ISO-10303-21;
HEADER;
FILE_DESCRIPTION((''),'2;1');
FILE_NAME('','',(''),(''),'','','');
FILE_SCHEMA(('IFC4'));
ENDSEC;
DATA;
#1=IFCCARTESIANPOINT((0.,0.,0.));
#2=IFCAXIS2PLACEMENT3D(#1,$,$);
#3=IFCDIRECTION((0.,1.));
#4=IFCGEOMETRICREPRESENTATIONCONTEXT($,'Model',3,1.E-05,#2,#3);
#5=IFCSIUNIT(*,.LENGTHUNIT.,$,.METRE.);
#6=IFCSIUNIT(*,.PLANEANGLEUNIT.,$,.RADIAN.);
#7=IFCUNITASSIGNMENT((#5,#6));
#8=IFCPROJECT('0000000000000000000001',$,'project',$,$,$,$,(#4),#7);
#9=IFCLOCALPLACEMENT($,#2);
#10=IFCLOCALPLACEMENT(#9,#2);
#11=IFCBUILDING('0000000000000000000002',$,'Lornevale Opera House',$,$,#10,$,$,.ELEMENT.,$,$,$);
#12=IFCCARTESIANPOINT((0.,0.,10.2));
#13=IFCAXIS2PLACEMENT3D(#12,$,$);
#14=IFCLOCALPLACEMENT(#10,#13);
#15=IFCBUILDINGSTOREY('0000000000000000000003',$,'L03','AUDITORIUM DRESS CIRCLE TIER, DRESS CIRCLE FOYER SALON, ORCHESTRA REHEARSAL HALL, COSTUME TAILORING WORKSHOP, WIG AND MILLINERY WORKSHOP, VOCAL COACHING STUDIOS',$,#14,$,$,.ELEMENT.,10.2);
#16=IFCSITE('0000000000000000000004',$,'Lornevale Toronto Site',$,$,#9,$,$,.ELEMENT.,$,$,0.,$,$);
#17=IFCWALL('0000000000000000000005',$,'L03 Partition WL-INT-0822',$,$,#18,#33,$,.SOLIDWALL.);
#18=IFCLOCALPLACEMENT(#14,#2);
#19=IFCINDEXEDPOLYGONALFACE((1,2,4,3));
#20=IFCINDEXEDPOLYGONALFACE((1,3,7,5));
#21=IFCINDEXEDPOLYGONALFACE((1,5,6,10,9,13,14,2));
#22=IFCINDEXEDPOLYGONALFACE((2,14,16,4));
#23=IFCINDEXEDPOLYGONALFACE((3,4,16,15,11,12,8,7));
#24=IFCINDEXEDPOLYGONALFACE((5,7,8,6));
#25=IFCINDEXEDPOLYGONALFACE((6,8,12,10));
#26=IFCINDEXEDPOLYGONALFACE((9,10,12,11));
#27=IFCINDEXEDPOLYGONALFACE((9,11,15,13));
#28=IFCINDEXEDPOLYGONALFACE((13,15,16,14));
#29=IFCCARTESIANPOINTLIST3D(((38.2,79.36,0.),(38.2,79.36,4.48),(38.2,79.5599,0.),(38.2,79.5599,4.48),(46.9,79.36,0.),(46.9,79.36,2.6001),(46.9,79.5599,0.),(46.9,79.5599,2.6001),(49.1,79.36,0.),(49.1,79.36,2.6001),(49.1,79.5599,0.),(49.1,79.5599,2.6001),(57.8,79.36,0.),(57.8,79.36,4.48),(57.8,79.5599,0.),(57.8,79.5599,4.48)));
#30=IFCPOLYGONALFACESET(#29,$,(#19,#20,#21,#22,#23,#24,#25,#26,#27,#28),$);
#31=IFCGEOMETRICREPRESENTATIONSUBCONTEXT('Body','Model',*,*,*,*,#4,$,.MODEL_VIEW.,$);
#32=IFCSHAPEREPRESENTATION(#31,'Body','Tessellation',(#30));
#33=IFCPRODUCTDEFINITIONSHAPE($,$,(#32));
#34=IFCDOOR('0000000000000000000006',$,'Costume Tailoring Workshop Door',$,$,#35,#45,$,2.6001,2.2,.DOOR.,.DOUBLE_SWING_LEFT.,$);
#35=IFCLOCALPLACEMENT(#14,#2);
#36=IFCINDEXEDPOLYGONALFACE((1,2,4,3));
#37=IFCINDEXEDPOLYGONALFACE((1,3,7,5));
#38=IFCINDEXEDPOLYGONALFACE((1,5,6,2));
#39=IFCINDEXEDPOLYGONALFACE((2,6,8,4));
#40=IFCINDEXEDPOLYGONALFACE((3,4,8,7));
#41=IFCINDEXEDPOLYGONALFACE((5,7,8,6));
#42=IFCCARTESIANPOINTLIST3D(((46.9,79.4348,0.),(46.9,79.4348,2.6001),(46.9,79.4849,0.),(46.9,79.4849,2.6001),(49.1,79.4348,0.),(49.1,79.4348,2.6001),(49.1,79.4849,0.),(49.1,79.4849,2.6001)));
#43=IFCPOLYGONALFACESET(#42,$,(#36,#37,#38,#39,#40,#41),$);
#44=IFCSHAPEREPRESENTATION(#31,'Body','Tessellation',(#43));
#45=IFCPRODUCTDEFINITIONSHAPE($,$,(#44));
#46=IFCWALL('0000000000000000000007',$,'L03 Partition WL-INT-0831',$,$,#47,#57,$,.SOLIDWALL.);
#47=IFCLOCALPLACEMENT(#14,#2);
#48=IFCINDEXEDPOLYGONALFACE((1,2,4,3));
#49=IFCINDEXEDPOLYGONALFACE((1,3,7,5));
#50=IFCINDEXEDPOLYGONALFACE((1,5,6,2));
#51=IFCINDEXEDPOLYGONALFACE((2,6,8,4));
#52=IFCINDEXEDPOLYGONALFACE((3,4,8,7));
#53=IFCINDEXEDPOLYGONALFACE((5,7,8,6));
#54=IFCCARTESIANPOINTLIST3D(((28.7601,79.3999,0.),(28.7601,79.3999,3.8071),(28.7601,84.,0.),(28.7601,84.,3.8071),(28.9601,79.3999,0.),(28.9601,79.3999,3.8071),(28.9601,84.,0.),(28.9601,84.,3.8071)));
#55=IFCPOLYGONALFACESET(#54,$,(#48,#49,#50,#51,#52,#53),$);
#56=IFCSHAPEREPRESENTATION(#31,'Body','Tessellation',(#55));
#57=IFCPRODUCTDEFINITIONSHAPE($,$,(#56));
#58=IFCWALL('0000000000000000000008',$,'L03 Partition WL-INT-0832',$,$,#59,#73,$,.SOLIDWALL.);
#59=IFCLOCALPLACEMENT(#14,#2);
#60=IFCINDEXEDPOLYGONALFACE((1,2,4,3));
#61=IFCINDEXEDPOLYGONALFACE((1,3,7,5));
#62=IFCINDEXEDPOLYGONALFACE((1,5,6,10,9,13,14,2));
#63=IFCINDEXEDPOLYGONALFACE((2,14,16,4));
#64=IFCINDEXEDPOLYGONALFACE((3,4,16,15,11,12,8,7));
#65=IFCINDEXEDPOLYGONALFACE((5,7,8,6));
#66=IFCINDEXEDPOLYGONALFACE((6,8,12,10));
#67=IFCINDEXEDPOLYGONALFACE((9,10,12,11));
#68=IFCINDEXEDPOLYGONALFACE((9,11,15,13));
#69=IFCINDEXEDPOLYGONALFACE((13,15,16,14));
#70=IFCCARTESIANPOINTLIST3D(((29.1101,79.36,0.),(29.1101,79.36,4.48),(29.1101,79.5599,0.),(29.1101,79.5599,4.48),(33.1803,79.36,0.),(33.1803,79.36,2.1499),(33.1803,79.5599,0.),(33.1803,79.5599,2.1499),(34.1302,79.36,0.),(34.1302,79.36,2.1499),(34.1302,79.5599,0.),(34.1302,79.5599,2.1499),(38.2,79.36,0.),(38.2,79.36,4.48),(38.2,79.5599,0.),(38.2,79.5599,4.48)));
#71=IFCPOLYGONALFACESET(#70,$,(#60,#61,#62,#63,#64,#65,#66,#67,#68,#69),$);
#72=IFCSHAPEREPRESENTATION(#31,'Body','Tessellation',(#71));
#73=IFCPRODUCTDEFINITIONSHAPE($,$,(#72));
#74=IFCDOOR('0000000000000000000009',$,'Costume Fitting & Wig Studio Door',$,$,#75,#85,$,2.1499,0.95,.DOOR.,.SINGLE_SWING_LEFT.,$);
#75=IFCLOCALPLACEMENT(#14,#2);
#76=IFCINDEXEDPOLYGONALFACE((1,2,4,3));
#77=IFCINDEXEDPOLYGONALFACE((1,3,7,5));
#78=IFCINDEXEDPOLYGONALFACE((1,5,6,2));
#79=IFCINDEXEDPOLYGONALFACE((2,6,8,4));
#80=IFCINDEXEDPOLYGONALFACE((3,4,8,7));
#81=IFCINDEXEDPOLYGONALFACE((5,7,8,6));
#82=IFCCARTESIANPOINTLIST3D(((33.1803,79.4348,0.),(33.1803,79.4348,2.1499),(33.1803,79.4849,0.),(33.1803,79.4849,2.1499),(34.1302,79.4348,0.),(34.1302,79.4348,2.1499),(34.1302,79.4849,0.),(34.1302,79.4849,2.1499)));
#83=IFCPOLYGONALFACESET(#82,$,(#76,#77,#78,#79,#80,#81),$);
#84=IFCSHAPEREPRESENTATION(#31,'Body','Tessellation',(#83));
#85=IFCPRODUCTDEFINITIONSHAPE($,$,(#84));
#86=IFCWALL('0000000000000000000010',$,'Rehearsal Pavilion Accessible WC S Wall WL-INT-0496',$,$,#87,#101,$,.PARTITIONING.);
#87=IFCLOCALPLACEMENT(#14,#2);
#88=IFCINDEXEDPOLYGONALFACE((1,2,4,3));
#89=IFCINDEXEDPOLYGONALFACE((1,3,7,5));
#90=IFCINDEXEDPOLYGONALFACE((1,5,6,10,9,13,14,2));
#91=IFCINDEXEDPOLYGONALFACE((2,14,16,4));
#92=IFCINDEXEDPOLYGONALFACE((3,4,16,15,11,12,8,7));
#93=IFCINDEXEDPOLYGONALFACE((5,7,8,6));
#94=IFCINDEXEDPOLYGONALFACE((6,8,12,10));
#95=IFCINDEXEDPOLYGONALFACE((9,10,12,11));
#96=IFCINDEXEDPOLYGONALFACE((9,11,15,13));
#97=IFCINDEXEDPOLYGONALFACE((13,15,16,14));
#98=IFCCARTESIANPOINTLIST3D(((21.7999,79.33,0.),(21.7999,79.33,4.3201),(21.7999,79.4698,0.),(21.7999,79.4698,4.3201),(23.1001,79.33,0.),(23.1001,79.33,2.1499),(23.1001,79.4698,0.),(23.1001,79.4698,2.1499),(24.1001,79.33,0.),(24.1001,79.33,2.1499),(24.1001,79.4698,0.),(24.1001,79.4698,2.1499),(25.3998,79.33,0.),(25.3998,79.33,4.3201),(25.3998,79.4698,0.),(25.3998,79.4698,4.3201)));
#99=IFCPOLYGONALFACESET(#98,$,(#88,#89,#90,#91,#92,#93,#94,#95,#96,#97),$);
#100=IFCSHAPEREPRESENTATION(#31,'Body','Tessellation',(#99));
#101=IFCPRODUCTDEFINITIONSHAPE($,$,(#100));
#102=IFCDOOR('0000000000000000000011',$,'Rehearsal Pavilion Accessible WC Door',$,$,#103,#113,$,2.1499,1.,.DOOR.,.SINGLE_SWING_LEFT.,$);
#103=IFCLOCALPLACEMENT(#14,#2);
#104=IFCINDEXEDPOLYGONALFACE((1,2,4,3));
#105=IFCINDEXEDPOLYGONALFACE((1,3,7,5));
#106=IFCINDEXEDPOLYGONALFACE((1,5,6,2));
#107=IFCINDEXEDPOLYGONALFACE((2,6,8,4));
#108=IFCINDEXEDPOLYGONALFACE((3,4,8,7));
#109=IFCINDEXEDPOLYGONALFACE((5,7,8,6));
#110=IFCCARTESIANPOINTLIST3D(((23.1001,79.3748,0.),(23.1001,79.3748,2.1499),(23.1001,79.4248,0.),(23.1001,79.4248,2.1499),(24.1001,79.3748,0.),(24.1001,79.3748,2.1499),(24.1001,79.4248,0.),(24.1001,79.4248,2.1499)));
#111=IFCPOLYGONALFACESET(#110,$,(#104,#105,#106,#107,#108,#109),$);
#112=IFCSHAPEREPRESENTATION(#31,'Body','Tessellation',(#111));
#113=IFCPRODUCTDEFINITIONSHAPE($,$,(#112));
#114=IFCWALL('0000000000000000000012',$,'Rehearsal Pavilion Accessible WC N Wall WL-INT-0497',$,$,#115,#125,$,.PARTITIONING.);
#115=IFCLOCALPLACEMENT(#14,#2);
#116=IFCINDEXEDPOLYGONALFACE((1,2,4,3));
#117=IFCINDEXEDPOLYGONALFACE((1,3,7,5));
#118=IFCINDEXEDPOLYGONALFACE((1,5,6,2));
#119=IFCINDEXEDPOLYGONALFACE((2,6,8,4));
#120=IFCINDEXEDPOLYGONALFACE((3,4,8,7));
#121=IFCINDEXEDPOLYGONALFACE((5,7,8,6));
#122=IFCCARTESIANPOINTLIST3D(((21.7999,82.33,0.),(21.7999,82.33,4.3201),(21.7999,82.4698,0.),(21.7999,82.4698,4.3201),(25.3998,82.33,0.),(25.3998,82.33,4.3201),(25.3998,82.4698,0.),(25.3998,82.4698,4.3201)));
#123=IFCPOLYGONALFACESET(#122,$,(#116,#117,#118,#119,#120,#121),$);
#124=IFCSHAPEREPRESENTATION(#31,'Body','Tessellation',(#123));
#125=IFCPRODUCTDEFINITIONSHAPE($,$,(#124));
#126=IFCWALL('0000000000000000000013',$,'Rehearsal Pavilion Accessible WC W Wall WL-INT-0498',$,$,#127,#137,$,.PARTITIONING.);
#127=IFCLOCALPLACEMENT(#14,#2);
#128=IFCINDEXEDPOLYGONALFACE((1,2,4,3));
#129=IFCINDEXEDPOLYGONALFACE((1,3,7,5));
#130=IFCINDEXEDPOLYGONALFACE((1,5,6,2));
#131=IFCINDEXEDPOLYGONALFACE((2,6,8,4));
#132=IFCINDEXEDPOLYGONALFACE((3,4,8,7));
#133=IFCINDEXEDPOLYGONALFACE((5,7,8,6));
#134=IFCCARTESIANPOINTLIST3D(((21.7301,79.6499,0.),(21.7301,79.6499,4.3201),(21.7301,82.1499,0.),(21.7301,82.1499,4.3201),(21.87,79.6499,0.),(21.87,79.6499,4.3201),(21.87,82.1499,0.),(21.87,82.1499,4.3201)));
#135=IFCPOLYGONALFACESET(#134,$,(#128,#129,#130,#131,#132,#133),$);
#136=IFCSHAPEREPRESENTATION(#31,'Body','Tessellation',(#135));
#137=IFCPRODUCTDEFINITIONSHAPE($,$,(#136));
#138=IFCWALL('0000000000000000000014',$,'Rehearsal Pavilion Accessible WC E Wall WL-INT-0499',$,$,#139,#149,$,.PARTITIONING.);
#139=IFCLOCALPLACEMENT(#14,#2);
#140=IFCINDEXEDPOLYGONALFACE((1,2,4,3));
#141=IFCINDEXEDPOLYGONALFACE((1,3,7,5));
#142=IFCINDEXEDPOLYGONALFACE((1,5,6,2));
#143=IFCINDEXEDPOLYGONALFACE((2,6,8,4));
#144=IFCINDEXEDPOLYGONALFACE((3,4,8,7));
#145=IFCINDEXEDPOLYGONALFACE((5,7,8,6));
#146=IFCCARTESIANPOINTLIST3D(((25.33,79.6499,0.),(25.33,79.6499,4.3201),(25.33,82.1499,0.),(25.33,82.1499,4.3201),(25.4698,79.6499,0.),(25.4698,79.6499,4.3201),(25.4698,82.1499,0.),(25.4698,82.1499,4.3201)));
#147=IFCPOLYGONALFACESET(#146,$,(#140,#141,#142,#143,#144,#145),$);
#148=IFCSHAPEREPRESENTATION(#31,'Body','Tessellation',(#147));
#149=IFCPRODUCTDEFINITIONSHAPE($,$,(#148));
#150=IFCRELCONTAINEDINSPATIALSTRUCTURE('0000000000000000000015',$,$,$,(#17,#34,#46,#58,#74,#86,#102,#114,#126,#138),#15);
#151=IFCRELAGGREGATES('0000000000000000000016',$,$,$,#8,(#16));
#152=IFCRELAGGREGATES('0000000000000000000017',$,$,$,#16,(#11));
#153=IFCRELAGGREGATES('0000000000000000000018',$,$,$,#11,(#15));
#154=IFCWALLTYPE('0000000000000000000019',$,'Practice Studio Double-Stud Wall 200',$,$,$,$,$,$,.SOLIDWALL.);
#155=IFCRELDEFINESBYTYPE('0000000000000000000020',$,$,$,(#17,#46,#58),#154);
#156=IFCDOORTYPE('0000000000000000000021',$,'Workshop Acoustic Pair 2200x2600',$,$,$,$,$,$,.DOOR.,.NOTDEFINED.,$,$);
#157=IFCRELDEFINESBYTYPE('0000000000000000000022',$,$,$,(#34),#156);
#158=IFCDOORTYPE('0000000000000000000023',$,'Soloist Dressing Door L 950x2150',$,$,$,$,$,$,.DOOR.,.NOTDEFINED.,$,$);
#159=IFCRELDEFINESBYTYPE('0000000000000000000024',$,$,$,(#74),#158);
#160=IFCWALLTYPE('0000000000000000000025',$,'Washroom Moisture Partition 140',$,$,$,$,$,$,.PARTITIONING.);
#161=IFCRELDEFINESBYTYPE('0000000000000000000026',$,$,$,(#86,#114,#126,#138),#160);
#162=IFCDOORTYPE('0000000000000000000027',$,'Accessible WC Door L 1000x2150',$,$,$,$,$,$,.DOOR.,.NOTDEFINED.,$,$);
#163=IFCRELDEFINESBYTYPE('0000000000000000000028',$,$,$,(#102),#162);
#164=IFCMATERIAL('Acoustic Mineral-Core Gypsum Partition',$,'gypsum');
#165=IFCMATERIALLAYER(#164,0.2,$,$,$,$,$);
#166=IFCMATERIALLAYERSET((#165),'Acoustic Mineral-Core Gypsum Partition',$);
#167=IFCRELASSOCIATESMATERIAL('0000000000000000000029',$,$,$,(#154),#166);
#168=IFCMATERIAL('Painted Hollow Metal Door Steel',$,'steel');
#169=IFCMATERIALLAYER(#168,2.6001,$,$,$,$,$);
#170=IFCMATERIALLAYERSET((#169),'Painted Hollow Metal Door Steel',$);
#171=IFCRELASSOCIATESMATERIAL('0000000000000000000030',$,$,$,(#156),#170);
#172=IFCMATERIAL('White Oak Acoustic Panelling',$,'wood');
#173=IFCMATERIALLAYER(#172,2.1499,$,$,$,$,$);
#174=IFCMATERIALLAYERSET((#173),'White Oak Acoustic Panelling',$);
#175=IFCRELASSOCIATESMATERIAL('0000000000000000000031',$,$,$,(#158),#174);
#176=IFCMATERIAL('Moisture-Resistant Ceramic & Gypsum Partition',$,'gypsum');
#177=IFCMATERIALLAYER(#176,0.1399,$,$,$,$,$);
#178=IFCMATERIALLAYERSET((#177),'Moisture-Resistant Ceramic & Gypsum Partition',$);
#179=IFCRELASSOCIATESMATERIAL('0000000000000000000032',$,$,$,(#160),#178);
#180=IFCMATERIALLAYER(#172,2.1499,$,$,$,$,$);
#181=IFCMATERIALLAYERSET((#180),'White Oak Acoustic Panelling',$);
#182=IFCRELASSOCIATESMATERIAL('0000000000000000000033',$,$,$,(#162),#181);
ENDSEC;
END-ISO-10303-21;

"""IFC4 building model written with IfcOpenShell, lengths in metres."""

from ifc_helpers import new_model, si_unit, direction, frame, frame_2d, origin, place, context, subcontext, project, spatial, rectangle, extrude, material, layer, layer_set, type_object, element, fill, save


model = new_model("IFC4")

# Units and contexts
model_context = context("Model", 3, precision=1e-05, world=origin(), true_north=direction((0.0, 1.0)))
body_context = subcontext(model_context, "Body", "Model", "MODEL_VIEW")
ifc_project = project(units=[si_unit("LENGTHUNIT", "METRE"), si_unit("PLANEANGLEUNIT", "RADIAN")], contexts=[model_context])

# Site, building, storey
site_placement = place(None, origin())
site = spatial("IfcSite", under=ifc_project, at=site_placement, Name="Lornevale Toronto Site", CompositionType="ELEMENT", RefElevation=0.0)
building_placement = place(site_placement, origin())
building = spatial("IfcBuilding", under=site, at=building_placement, Name="Lornevale Opera House", CompositionType="ELEMENT")
storey_placement = place(building_placement, frame((0.0, 0.0, 10.2)))
storey = spatial("IfcBuildingStorey", under=building, at=storey_placement, Name="L03", Description="AUDITORIUM DRESS CIRCLE TIER, DRESS CIRCLE FOYER SALON, ORCHESTRA REHEARSAL HALL, COSTUME TAILORING WORKSHOP, WIG AND MILLINERY WORKSHOP, VOCAL COACHING STUDIOS", CompositionType="ELEMENT", Elevation=10.2)

# Shared definitions
ifc_material_1 = material(Name="Acoustic Mineral-Core Gypsum Partition", Category="gypsum")

# Wall, opening, door
ifc_material_2 = material(Name="Painted Hollow Metal Door Steel", Category="steel")
ifc_layer_1 = layer(ifc_material_1, 0.2)
ifc_layer_set_1 = layer_set([ifc_layer_1], Name="Acoustic Mineral-Core Gypsum Partition")
wall_type_1 = type_object("IfcWallType", Name="Practice Studio Double-Stud Wall 200", PredefinedType="SOLIDWALL", material=ifc_layer_set_1)
wall_1_placement = place(storey_placement, frame((38.2, 79.46, 0.0), z_axis=(0.0, 0.0, 1.0), x_axis=(1.0, 0.0, 0.0)))
wall_1 = element("IfcWall", 1, at=wall_1_placement, inside=storey, type_object=wall_type_1, Name="L03 Partition WL-INT-0822", PredefinedType="SOLIDWALL", context=body_context, shape_type="SweptSolid", body=[
    extrude(rectangle(XDim=19.6001, YDim=0.2, at=frame_2d((9.8, 0.0))), origin(), (0.0, 0.0, 1.0), 4.48),
])
opening_1_placement = place(wall_1_placement, frame((8.7, 0.0, 0.0)))
opening_1 = element("IfcOpeningElement", 2, at=opening_1_placement, cuts=wall_1, PredefinedType="OPENING", context=body_context, shape_type="SweptSolid", body=[
    extrude(rectangle(XDim=2.2, YDim=2.6001, at=frame_2d((1.1001, 1.3))), frame((0.0, 0.1099, 0.0), z_axis=(0.0, -1.0, 0.0), x_axis=(1.0, 0.0, 0.0)), (0.0, 0.0, 1.0), 0.22),
])
ifc_layer_2 = layer(ifc_material_2, 2.6001)
ifc_layer_set_2 = layer_set([ifc_layer_2], Name="Painted Hollow Metal Door Steel")
door_type_1 = type_object("IfcDoorType", Name="Workshop Acoustic Pair 2200x2600", OperationType="NOTDEFINED", PredefinedType="DOOR", material=ifc_layer_set_2)
door_1_placement = place(opening_1_placement, origin())
door_1 = element("IfcDoor", 3, at=door_1_placement, inside=storey, type_object=door_type_1, Name="Costume Tailoring Workshop Door", OperationType="DOUBLE_SWING_LEFT", OverallHeight=2.6001, OverallWidth=2.2, PredefinedType="DOOR", context=body_context, shape_type="SweptSolid", body=[
    extrude(rectangle(XDim=2.2, YDim=2.6001, at=frame_2d((1.1001, 1.3))), frame((0.0, 0.0249, 0.0), z_axis=(0.0, -1.0, 0.0), x_axis=(1.0, 0.0, 0.0)), (0.0, 0.0, 1.0), 0.05),
])
fill(opening_1, door_1)

# Wall
wall_2_placement = place(storey_placement, frame((28.8601, 79.3999, 0.0), z_axis=(0.0, 0.0, 1.0), x_axis=(0.0, 1.0, 0.0)))
element("IfcWall", 4, at=wall_2_placement, inside=storey, type_object=wall_type_1, Name="L03 Partition WL-INT-0831", PredefinedType="SOLIDWALL", context=body_context, shape_type="SweptSolid", body=[
    extrude(rectangle(XDim=4.6001, YDim=0.2, at=frame_2d((2.3, 0.0))), origin(), (0.0, 0.0, 1.0), 3.8071),
])

# Walls, openings, doors
wall_3_placement = place(storey_placement, frame((29.1101, 79.46, 0.0), z_axis=(0.0, 0.0, 1.0), x_axis=(1.0, 0.0, 0.0)))
wall_3 = element("IfcWall", 5, at=wall_3_placement, inside=storey, type_object=wall_type_1, Name="L03 Partition WL-INT-0832", PredefinedType="SOLIDWALL", context=body_context, shape_type="SweptSolid", body=[
    extrude(rectangle(XDim=9.0898, YDim=0.2, at=frame_2d((4.5449, 0.0))), origin(), (0.0, 0.0, 1.0), 4.48),
])
opening_2_placement = place(wall_3_placement, frame((4.0701, 0.0, 0.0)))
opening_2 = element("IfcOpeningElement", 6, at=opening_2_placement, cuts=wall_3, PredefinedType="OPENING", context=body_context, shape_type="SweptSolid", body=[
    extrude(rectangle(XDim=0.95, YDim=2.1499, at=frame_2d((0.4751, 1.075))), frame((0.0, 0.1099, 0.0), z_axis=(0.0, -1.0, 0.0), x_axis=(1.0, 0.0, 0.0)), (0.0, 0.0, 1.0), 0.22),
])
ifc_material_3 = material(Name="White Oak Acoustic Panelling", Category="wood")
ifc_layer_3 = layer(ifc_material_3, 2.1499)
ifc_layer_set_3 = layer_set([ifc_layer_3], Name="White Oak Acoustic Panelling")
door_type_2 = type_object("IfcDoorType", Name="Soloist Dressing Door L 950x2150", OperationType="NOTDEFINED", PredefinedType="DOOR", material=ifc_layer_set_3)
door_2_placement = place(opening_2_placement, origin())
door_2 = element("IfcDoor", 7, at=door_2_placement, inside=storey, type_object=door_type_2, Name="Costume Fitting & Wig Studio Door", OperationType="SINGLE_SWING_LEFT", OverallHeight=2.1499, OverallWidth=0.95, PredefinedType="DOOR", context=body_context, shape_type="SweptSolid", body=[
    extrude(rectangle(XDim=0.95, YDim=2.1499, at=frame_2d((0.4751, 1.075))), frame((0.0, 0.0249, 0.0), z_axis=(0.0, -1.0, 0.0), x_axis=(1.0, 0.0, 0.0)), (0.0, 0.0, 1.0), 0.05),
])
fill(opening_2, door_2)
ifc_material_4 = material(Name="Moisture-Resistant Ceramic & Gypsum Partition", Category="gypsum")
ifc_layer_4 = layer(ifc_material_4, 0.1399)
ifc_layer_set_4 = layer_set([ifc_layer_4], Name="Moisture-Resistant Ceramic & Gypsum Partition")
wall_type_2 = type_object("IfcWallType", Name="Washroom Moisture Partition 140", PredefinedType="PARTITIONING", material=ifc_layer_set_4)
wall_4_placement = place(storey_placement, frame((21.8, 79.3999, 0.0), z_axis=(0.0, 0.0, 1.0), x_axis=(1.0, 0.0, 0.0)))
wall_4 = element("IfcWall", 8, at=wall_4_placement, inside=storey, type_object=wall_type_2, Name="Rehearsal Pavilion Accessible WC S Wall WL-INT-0496", PredefinedType="PARTITIONING", context=body_context, shape_type="SweptSolid", body=[
    extrude(rectangle(XDim=3.5999, YDim=0.1399, at=frame_2d((1.7998, 0.0))), origin(), (0.0, 0.0, 1.0), 4.3201),
])
opening_3_placement = place(wall_4_placement, frame((1.3, 0.0, 0.0)))
opening_3 = element("IfcOpeningElement", 9, at=opening_3_placement, cuts=wall_4, PredefinedType="OPENING", context=body_context, shape_type="SweptSolid", body=[
    extrude(rectangle(XDim=1.0, YDim=2.1499, at=frame_2d((0.5, 1.075))), frame((0.0, 0.0798, 0.0), z_axis=(0.0, -1.0, 0.0), x_axis=(1.0, 0.0, 0.0)), (0.0, 0.0, 1.0), 0.1599),
])
ifc_layer_5 = layer(ifc_material_3, 2.1499)
ifc_layer_set_5 = layer_set([ifc_layer_5], Name="White Oak Acoustic Panelling")
door_type_3 = type_object("IfcDoorType", Name="Accessible WC Door L 1000x2150", OperationType="NOTDEFINED", PredefinedType="DOOR", material=ifc_layer_set_5)
door_3_placement = place(opening_3_placement, origin())
door_3 = element("IfcDoor", 10, at=door_3_placement, inside=storey, type_object=door_type_3, Name="Rehearsal Pavilion Accessible WC Door", OperationType="SINGLE_SWING_LEFT", OverallHeight=2.1499, OverallWidth=1.0, PredefinedType="DOOR", context=body_context, shape_type="SweptSolid", body=[
    extrude(rectangle(XDim=1.0, YDim=2.1499, at=frame_2d((0.5, 1.075))), frame((0.0, 0.0249, 0.0), z_axis=(0.0, -1.0, 0.0), x_axis=(1.0, 0.0, 0.0)), (0.0, 0.0, 1.0), 0.05),
])
fill(opening_3, door_3)

# Walls
wall_5_placement = place(storey_placement, frame((21.8, 82.3999, 0.0), z_axis=(0.0, 0.0, 1.0), x_axis=(1.0, 0.0, 0.0)))
element("IfcWall", 11, at=wall_5_placement, inside=storey, type_object=wall_type_2, Name="Rehearsal Pavilion Accessible WC N Wall WL-INT-0497", PredefinedType="PARTITIONING", context=body_context, shape_type="SweptSolid", body=[
    extrude(rectangle(XDim=3.5999, YDim=0.1399, at=frame_2d((1.7998, 0.0))), origin(), (0.0, 0.0, 1.0), 4.3201),
])
for number, where, z_axis, x_axis, name in (
    (12, (21.8, 79.6499, 0.0), (0.0, 0.0, 1.0), (0.0, 1.0, 0.0), "Rehearsal Pavilion Accessible WC W Wall WL-INT-0498"),
    (13, (25.3999, 79.6499, 0.0), (0.0, 0.0, 1.0), (0.0, 1.0, 0.0), "Rehearsal Pavilion Accessible WC E Wall WL-INT-0499"),
):
    element("IfcWall", number, at=place(storey_placement, frame(where, z_axis=z_axis, x_axis=x_axis)), inside=storey, type_object=wall_type_2, Name=name, PredefinedType="PARTITIONING", context=body_context, shape_type="SweptSolid", body=[
        extrude(rectangle(XDim=2.5, YDim=0.1399, at=frame_2d((1.25, 0.0))), origin(), (0.0, 0.0, 1.0), 4.3201),
    ])

save(model, "model.ifc")
